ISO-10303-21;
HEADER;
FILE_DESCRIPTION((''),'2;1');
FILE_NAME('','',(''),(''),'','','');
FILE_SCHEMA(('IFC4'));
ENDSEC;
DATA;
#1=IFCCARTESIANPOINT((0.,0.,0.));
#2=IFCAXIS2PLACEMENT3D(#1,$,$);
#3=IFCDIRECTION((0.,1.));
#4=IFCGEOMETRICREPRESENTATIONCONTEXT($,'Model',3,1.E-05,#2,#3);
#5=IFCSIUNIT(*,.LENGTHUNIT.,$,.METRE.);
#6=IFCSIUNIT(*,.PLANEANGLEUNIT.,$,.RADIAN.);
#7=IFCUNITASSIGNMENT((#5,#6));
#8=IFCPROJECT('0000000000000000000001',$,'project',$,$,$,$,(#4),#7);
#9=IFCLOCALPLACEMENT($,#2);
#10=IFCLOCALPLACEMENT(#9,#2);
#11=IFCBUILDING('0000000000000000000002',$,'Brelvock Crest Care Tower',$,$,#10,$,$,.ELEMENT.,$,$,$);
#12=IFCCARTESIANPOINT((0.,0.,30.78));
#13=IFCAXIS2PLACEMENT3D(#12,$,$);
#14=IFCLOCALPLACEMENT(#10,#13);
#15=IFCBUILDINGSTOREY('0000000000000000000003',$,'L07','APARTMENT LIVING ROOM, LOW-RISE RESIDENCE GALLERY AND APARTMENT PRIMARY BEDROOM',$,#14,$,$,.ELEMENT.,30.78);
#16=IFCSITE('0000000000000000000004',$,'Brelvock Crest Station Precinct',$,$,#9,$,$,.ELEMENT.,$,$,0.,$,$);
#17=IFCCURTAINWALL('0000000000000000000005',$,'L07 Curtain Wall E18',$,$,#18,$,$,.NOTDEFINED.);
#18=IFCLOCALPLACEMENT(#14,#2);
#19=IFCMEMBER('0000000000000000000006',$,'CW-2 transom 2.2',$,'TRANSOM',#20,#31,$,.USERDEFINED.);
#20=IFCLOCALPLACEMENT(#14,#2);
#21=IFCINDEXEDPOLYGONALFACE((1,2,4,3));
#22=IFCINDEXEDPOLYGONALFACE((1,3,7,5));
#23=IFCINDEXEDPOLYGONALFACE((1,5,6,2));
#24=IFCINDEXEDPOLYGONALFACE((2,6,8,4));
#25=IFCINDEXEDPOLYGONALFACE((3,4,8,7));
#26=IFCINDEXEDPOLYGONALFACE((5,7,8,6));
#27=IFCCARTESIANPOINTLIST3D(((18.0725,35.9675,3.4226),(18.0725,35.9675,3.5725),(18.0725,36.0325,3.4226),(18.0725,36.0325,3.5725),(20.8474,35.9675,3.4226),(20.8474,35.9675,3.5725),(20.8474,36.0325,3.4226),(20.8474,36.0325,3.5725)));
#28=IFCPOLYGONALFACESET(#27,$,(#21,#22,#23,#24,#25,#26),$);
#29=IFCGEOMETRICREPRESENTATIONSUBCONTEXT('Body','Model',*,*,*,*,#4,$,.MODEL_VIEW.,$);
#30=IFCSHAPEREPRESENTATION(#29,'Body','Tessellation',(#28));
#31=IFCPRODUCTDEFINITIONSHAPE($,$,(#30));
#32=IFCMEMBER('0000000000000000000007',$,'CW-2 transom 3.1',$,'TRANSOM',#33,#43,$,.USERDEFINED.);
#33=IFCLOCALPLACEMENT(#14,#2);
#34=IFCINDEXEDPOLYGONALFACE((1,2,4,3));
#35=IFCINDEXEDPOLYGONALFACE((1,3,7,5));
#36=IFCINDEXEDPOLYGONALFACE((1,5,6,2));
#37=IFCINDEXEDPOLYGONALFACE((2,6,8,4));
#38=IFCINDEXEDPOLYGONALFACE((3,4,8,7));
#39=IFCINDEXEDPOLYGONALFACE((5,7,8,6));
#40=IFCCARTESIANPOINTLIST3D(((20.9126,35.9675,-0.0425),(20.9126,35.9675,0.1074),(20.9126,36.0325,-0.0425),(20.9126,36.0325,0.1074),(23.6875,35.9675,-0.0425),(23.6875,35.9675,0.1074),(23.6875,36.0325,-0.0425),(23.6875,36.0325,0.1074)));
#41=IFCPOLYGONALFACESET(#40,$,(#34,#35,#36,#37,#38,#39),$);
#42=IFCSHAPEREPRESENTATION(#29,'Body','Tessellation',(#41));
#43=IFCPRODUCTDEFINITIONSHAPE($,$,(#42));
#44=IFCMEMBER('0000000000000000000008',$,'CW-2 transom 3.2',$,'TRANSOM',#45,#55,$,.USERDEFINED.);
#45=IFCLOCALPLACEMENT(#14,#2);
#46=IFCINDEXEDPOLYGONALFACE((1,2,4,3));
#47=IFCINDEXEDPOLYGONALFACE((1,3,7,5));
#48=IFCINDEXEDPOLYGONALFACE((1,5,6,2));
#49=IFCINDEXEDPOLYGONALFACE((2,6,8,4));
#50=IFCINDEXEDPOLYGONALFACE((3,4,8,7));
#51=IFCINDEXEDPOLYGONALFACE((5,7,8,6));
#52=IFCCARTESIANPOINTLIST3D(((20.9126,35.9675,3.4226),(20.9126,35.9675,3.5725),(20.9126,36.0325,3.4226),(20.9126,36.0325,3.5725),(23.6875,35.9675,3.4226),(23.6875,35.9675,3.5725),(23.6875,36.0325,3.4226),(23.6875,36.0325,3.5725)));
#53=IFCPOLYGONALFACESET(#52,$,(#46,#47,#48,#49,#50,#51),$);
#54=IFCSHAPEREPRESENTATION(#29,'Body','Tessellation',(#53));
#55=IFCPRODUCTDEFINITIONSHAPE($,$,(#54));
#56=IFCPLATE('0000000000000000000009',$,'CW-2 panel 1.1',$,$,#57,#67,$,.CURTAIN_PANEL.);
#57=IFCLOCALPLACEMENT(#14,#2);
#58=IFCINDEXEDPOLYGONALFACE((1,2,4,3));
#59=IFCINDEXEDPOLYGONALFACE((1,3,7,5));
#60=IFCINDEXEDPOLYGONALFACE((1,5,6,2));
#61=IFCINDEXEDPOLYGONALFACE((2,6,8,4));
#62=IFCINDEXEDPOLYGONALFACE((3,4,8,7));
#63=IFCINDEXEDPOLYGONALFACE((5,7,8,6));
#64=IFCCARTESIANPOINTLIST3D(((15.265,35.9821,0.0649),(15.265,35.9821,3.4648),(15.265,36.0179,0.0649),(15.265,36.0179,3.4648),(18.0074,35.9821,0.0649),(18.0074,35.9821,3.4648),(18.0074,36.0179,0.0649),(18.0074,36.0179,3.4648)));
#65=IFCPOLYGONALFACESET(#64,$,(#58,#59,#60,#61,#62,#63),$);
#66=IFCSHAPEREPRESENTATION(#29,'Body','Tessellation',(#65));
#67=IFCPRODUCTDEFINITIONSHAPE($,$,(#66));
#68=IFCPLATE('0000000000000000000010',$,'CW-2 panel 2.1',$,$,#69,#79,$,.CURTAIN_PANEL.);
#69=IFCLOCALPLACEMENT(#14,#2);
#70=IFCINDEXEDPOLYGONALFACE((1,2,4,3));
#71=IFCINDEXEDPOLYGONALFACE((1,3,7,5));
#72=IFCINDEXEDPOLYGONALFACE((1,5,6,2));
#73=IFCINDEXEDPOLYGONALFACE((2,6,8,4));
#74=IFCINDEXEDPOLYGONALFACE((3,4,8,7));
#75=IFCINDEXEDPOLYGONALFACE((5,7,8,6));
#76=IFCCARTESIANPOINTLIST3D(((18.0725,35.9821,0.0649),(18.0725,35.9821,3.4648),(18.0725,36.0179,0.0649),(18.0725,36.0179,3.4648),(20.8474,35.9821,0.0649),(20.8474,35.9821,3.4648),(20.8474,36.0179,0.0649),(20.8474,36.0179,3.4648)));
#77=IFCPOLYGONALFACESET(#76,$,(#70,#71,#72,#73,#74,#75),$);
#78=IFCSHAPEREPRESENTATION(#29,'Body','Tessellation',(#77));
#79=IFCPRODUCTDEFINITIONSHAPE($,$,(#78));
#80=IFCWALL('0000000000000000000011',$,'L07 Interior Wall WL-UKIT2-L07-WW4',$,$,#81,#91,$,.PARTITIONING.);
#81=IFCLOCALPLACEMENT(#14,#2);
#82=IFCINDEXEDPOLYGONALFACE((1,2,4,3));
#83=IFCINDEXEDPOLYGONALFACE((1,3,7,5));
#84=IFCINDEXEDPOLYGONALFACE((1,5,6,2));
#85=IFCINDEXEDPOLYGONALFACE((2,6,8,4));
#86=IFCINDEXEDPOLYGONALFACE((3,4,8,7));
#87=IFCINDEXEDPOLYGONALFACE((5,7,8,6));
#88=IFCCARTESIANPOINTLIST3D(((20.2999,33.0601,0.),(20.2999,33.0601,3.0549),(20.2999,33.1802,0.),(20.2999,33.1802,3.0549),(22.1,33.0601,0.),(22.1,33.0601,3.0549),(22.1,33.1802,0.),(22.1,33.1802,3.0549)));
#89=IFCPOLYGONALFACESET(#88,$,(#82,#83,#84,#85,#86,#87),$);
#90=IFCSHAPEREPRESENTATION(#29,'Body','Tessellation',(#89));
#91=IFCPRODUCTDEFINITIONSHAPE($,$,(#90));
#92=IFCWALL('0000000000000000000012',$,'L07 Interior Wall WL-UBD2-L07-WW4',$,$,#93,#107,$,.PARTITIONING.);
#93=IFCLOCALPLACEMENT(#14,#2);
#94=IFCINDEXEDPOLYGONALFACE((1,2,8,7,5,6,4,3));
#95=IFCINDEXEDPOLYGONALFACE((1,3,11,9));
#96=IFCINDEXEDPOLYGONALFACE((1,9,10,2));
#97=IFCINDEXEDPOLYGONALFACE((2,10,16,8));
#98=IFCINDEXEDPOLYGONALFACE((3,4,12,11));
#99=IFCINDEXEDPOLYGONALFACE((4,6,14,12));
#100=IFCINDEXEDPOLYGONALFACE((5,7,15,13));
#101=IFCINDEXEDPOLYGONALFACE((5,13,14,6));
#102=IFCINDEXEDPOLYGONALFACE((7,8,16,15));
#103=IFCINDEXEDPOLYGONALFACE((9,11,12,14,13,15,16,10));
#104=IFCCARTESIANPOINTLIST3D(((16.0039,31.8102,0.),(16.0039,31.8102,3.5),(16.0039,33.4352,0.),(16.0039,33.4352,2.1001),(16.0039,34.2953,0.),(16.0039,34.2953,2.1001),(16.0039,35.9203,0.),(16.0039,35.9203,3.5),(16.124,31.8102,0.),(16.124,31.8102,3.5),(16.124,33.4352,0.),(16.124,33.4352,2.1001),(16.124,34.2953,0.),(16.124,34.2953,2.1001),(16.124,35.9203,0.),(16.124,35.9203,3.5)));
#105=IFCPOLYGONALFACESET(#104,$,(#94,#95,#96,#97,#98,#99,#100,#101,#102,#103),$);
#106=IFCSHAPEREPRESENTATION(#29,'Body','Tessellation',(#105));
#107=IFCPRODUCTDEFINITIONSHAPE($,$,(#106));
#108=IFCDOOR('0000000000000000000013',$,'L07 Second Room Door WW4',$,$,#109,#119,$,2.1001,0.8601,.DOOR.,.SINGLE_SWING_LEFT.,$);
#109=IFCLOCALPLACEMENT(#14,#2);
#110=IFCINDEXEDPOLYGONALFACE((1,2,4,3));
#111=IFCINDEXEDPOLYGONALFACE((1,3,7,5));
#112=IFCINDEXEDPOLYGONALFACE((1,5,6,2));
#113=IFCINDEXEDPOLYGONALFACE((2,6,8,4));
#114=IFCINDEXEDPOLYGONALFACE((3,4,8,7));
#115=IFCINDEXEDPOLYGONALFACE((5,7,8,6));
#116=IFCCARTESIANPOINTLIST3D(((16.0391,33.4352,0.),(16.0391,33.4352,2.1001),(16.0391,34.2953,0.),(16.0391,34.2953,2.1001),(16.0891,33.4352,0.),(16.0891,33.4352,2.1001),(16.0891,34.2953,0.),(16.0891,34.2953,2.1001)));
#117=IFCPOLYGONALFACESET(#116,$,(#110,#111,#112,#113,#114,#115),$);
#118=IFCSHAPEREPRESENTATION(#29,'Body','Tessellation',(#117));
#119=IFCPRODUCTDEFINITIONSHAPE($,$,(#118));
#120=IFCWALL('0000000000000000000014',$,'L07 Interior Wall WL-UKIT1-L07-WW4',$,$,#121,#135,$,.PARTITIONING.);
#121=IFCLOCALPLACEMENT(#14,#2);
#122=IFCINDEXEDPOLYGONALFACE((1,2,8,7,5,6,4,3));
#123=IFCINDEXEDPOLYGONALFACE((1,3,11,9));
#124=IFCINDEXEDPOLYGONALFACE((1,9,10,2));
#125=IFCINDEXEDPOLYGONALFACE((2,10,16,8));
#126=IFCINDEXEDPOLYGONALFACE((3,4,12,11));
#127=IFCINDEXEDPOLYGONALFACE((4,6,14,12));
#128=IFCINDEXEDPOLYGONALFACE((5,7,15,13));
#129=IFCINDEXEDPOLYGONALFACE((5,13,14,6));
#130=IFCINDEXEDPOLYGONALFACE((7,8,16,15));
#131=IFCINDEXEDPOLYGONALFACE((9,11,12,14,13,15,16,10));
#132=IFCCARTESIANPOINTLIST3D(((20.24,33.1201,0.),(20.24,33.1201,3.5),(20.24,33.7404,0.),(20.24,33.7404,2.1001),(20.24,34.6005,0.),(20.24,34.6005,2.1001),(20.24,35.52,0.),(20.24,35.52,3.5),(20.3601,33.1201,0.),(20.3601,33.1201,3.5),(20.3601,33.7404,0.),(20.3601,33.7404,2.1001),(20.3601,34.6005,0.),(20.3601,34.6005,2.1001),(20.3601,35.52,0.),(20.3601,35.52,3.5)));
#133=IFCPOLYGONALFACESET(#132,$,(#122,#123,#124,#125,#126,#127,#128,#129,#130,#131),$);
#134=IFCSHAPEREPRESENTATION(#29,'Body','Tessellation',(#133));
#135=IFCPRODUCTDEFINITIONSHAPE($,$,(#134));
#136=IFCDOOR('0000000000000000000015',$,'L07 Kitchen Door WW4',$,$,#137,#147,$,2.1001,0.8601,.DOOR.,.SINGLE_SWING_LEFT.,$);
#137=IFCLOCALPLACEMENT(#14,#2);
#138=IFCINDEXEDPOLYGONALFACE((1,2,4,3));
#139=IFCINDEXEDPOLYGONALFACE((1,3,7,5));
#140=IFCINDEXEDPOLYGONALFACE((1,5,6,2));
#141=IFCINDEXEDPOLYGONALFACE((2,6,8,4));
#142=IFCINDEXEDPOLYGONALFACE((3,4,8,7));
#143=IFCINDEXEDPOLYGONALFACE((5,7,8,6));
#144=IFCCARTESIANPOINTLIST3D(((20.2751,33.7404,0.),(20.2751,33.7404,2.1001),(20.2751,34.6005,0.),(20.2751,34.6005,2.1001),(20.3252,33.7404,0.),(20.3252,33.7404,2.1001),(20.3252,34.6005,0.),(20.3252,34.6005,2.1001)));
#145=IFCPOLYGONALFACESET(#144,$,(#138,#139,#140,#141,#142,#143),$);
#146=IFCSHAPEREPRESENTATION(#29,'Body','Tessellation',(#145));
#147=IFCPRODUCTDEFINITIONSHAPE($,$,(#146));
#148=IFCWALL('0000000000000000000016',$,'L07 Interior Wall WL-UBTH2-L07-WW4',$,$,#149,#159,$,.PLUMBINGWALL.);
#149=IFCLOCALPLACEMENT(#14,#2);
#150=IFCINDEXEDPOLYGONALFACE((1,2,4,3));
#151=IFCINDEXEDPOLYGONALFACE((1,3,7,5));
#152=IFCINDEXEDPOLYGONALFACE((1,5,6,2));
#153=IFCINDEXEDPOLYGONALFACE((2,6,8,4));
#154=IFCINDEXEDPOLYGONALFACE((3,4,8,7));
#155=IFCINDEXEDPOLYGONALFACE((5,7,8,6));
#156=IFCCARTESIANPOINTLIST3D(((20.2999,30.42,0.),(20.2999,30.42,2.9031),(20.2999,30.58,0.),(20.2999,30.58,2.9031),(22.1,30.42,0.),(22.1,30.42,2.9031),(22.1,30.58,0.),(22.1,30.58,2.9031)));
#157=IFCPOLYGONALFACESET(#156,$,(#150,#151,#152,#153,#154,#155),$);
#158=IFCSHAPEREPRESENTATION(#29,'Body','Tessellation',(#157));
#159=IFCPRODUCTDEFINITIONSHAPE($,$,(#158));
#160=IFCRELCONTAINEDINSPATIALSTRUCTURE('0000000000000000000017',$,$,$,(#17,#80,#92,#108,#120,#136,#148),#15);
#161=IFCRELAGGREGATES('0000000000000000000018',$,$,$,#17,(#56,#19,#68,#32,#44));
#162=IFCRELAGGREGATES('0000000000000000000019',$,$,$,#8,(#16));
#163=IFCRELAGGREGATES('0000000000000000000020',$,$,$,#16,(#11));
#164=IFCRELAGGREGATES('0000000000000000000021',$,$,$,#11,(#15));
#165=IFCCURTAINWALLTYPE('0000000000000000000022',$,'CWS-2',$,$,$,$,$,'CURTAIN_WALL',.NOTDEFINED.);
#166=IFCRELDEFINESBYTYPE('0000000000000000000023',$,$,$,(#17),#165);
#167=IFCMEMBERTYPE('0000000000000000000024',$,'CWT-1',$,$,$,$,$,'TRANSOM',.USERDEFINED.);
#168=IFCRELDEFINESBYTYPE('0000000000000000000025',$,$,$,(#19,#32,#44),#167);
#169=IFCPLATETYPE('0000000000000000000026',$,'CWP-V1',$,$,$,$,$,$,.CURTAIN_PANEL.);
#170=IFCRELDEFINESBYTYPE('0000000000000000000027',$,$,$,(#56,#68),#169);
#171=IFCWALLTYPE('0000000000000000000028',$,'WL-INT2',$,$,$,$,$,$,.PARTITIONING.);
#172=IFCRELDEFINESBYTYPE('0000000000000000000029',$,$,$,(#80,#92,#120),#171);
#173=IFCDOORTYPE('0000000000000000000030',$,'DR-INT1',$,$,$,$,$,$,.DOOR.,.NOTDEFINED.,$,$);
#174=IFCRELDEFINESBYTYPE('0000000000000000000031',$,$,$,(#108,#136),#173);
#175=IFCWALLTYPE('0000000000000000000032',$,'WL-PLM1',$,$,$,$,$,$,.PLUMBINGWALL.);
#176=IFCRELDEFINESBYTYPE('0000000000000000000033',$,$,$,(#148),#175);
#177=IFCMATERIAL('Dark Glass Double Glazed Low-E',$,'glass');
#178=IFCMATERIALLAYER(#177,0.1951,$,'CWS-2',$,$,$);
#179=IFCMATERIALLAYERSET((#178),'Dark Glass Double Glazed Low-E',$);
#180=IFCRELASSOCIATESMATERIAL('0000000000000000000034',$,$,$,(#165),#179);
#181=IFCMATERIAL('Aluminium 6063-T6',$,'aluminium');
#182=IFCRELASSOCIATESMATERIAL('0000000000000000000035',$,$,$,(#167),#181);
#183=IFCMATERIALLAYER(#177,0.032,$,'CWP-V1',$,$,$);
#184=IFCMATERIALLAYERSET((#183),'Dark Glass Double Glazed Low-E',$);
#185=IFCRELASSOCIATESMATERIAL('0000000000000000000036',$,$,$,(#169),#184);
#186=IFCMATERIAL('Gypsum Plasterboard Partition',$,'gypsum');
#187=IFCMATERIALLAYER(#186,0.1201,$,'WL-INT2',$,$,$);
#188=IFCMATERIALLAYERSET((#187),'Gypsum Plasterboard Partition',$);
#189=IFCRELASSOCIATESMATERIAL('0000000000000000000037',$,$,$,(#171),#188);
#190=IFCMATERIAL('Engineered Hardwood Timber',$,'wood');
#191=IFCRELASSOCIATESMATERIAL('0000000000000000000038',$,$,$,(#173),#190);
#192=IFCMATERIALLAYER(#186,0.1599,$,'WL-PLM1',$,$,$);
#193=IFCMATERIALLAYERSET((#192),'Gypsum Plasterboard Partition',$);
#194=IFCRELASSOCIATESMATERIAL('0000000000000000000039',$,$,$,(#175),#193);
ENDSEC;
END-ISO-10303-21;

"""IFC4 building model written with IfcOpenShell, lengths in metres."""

from ifc_helpers import new_model, si_unit, direction, frame, frame_2d, origin, origin_2d, place, context, subcontext, project, spatial, rectangle, extrude, source, transform, mapped, material, layer, layer_set, material_profile, profile_set, type_object, element, fill, aggregate, save


model = new_model("IFC4")

# Units and contexts
model_context = context("Model", 3, precision=1e-05, world=origin(), true_north=direction((0.0, 1.0)))
body_context = subcontext(model_context, "Body", "Model", "MODEL_VIEW")
ifc_project = project(units=[si_unit("LENGTHUNIT", "METRE"), si_unit("PLANEANGLEUNIT", "RADIAN")], contexts=[model_context])

# Site, building, storey
site_placement = place(None, origin())
site = spatial("IfcSite", under=ifc_project, at=site_placement, Name="Brelvock Crest Station Precinct", CompositionType="ELEMENT", RefElevation=0.0)
building_placement = place(site_placement, origin())
building = spatial("IfcBuilding", under=site, at=building_placement, Name="Brelvock Crest Care Tower", CompositionType="ELEMENT")
storey_placement = place(building_placement, frame((0.0, 0.0, 30.78)))
storey = spatial("IfcBuildingStorey", under=building, at=storey_placement, Name="L07", Description="APARTMENT LIVING ROOM, LOW-RISE RESIDENCE GALLERY AND APARTMENT PRIMARY BEDROOM", CompositionType="ELEMENT", Elevation=30.78)

# Curtain wall, members, plates
ifc_material_1 = material(Name="Dark Glass Double Glazed Low-E", Category="glass")
ifc_layer_1 = layer(ifc_material_1, 0.1951, Name="CWS-2")
ifc_layer_set_1 = layer_set([ifc_layer_1], Name="Dark Glass Double Glazed Low-E")
curtain_wall_type = type_object("IfcCurtainWallType", Name="CWS-2", ElementType="CURTAIN_WALL", PredefinedType="NOTDEFINED", material=ifc_layer_set_1)
curtain_wall_placement = place(storey_placement, origin())
curtain_wall = element("IfcCurtainWall", 1, at=curtain_wall_placement, inside=storey, type_object=curtain_wall_type, Name="L07 Curtain Wall E18", PredefinedType="NOTDEFINED")
ifc_material_2 = material(Name="Aluminium 6063-T6", Category="aluminium")
ifc_material_profile_1 = material_profile(ifc_material_2, rectangle(XDim=0.0649, YDim=0.1499, at=origin_2d()), Name="ALU65x150")
ifc_profile_set_1 = profile_set([ifc_material_profile_1], Name="Aluminium 6063-T6")
member_type_1 = type_object("IfcMemberType", Name="CWT-1", ElementType="TRANSOM", PredefinedType="USERDEFINED", material=ifc_profile_set_1)
shared_shape_1 = source(origin(), body_context, "Body", "SweptSolid", [
    extrude(rectangle(XDim=0.0649, YDim=0.1499, at=origin_2d()), origin(), (0.0, 0.0, 1.0), 2.7749),
])
member_1_placement = place(storey_placement, frame((18.0725, 36.0, 3.4976), z_axis=(1.0, 0.0, 0.0), x_axis=(0.0, 1.0, 0.0)))
member_1 = element("IfcMember", 2, at=member_1_placement, type_object=member_type_1, Name="CW-2 transom 2.2", ObjectType="TRANSOM", PredefinedType="USERDEFINED", context=body_context, shape_type="MappedRepresentation", body=[
    mapped(shared_shape_1, transform((0.0, 0.0, 0.0), x_axis=(1.0, 0.0, 0.0), y_axis=(0.0, 1.0, 0.0), z_axis=(0.0, 0.0, 1.0), scale=1.0)),
])
member_2_placement = place(storey_placement, frame((20.9126, 36.0, 0.0325), z_axis=(1.0, 0.0, 0.0), x_axis=(0.0, 1.0, 0.0)))
member_2 = element("IfcMember", 3, at=member_2_placement, type_object=member_type_1, Name="CW-2 transom 3.1", ObjectType="TRANSOM", PredefinedType="USERDEFINED", context=body_context, shape_type="MappedRepresentation", body=[
    mapped(shared_shape_1, transform((0.0, 0.0, 0.0), x_axis=(1.0, 0.0, 0.0), y_axis=(0.0, 1.0, 0.0), z_axis=(0.0, 0.0, 1.0), scale=1.0)),
])
member_3_placement = place(storey_placement, frame((20.9126, 36.0, 3.4976), z_axis=(1.0, 0.0, 0.0), x_axis=(0.0, 1.0, 0.0)))
member_3 = element("IfcMember", 4, at=member_3_placement, type_object=member_type_1, Name="CW-2 transom 3.2", ObjectType="TRANSOM", PredefinedType="USERDEFINED", context=body_context, shape_type="MappedRepresentation", body=[
    mapped(shared_shape_1, transform((0.0, 0.0, 0.0), x_axis=(1.0, 0.0, 0.0), y_axis=(0.0, 1.0, 0.0), z_axis=(0.0, 0.0, 1.0), scale=1.0)),
])
ifc_layer_2 = layer(ifc_material_1, 0.032, Name="CWP-V1")
ifc_layer_set_2 = layer_set([ifc_layer_2], Name="Dark Glass Double Glazed Low-E")
plate_type = type_object("IfcPlateType", Name="CWP-V1", PredefinedType="CURTAIN_PANEL", material=ifc_layer_set_2)
shared_shape_2 = source(origin(), body_context, "Body", "SweptSolid", [
    extrude(rectangle(XDim=2.7424, YDim=0.0359, at=origin_2d()), origin(), (0.0, 0.0, 1.0), 3.3999),
])
plate_1_placement = place(storey_placement, frame((16.6362, 36.0, 0.0649), z_axis=(0.0, 0.0, 1.0), x_axis=(1.0, 0.0, 0.0)))
plate_1 = element("IfcPlate", 5, at=plate_1_placement, type_object=plate_type, Name="CW-2 panel 1.1", PredefinedType="CURTAIN_PANEL", context=body_context, shape_type="MappedRepresentation", body=[
    mapped(shared_shape_2, transform((0.0, 0.0, 0.0), x_axis=(1.0, 0.0, 0.0), y_axis=(0.0, 1.0, 0.0), z_axis=(0.0, 0.0, 1.0), scale=1.0)),
])
shared_shape_3 = source(origin(), body_context, "Body", "SweptSolid", [
    extrude(rectangle(XDim=2.7749, YDim=0.0359, at=origin_2d()), origin(), (0.0, 0.0, 1.0), 3.3999),
])
plate_2_placement = place(storey_placement, frame((19.46, 36.0, 0.0649), z_axis=(0.0, 0.0, 1.0), x_axis=(1.0, 0.0, 0.0)))
plate_2 = element("IfcPlate", 6, at=plate_2_placement, type_object=plate_type, Name="CW-2 panel 2.1", PredefinedType="CURTAIN_PANEL", context=body_context, shape_type="MappedRepresentation", body=[
    mapped(shared_shape_3, transform((0.0, 0.0, 0.0), x_axis=(1.0, 0.0, 0.0), y_axis=(0.0, 1.0, 0.0), z_axis=(0.0, 0.0, 1.0), scale=1.0)),
])
aggregate(curtain_wall, [plate_1, member_1, plate_2, member_2, member_3])

# Wall
ifc_material_3 = material(Name="Gypsum Plasterboard Partition", Category="gypsum")
ifc_layer_3 = layer(ifc_material_3, 0.1201, Name="WL-INT2")
ifc_layer_set_3 = layer_set([ifc_layer_3], Name="Gypsum Plasterboard Partition")
wall_type_1 = type_object("IfcWallType", Name="WL-INT2", PredefinedType="PARTITIONING", material=ifc_layer_set_3)
wall_1_placement = place(storey_placement, frame((20.3, 33.1201, 0.0), z_axis=(0.0, 0.0, 1.0), x_axis=(1.0, 0.0, 0.0)))
element("IfcWall", 7, at=wall_1_placement, inside=storey, type_object=wall_type_1, Name="L07 Interior Wall WL-UKIT2-L07-WW4", PredefinedType="PARTITIONING", context=body_context, shape_type="SweptSolid", body=[
    extrude(rectangle(XDim=1.8, YDim=0.1201, at=frame_2d((0.8999, 0.0))), origin(), (0.0, 0.0, 1.0), 3.0549),
])

# Walls, openings, doors
wall_2_placement = place(storey_placement, frame((16.064, 31.8101, 0.0), z_axis=(0.0, 0.0, 1.0), x_axis=(0.0, 1.0, 0.0)))
wall_2 = element("IfcWall", 8, at=wall_2_placement, inside=storey, type_object=wall_type_1, Name="L07 Interior Wall WL-UBD2-L07-WW4", PredefinedType="PARTITIONING", context=body_context, shape_type="SweptSolid", body=[
    extrude(rectangle(XDim=4.1101, YDim=0.1201, at=frame_2d((2.0552, 0.0))), origin(), (0.0, 0.0, 1.0), 3.5),
])
opening_1_placement = place(wall_2_placement, frame((1.625, 0.0, 0.0)))
opening_1 = element("IfcOpeningElement", 9, at=opening_1_placement, cuts=wall_2, PredefinedType="OPENING", context=body_context, shape_type="SweptSolid", body=[
    extrude(rectangle(XDim=0.8601, YDim=2.1001, at=origin_2d()), frame((0.4302, 0.0701, 1.05), z_axis=(0.0, -1.0, 0.0), x_axis=(1.0, 0.0, 0.0)), (0.0, 0.0, 1.0), 0.1401),
])
ifc_material_4 = material(Name="Engineered Hardwood Timber", Category="wood")
door_type = type_object("IfcDoorType", Name="DR-INT1", OperationType="NOTDEFINED", PredefinedType="DOOR", material=ifc_material_4)
shared_shape_4 = source(origin(), body_context, "Body", "SweptSolid", [
    extrude(rectangle(XDim=0.8601, YDim=2.1001, at=origin_2d()), frame((0.4302, 0.0249, 1.05), z_axis=(0.0, -1.0, 0.0), x_axis=(1.0, 0.0, 0.0)), (0.0, 0.0, 1.0), 0.05),
])
door_1_placement = place(opening_1_placement, origin())
door_1 = element("IfcDoor", 10, at=door_1_placement, inside=storey, type_object=door_type, Name="L07 Second Room Door WW4", OperationType="SINGLE_SWING_LEFT", OverallHeight=2.1001, OverallWidth=0.8601, PredefinedType="DOOR", context=body_context, shape_type="MappedRepresentation", body=[
    mapped(shared_shape_4, transform((0.0, 0.0, 0.0), x_axis=(1.0, 0.0, 0.0), y_axis=(0.0, 1.0, 0.0), z_axis=(0.0, 0.0, 1.0), scale=1.0)),
])
fill(opening_1, door_1)
wall_3_placement = place(storey_placement, frame((20.3, 33.1201, 0.0), z_axis=(0.0, 0.0, 1.0), x_axis=(0.0, 1.0, 0.0)))
wall_3 = element("IfcWall", 11, at=wall_3_placement, inside=storey, type_object=wall_type_1, Name="L07 Interior Wall WL-UKIT1-L07-WW4", PredefinedType="PARTITIONING", context=body_context, shape_type="SweptSolid", body=[
    extrude(rectangle(XDim=2.3999, YDim=0.1201, at=frame_2d((1.2, 0.0))), origin(), (0.0, 0.0, 1.0), 3.5),
])
opening_2_placement = place(wall_3_placement, frame((0.6201, 0.0, 0.0)))
opening_2 = element("IfcOpeningElement", 12, at=opening_2_placement, cuts=wall_3, PredefinedType="OPENING", context=body_context, shape_type="SweptSolid", body=[
    extrude(rectangle(XDim=0.8601, YDim=2.1001, at=origin_2d()), frame((0.4302, 0.0701, 1.05), z_axis=(0.0, -1.0, 0.0), x_axis=(1.0, 0.0, 0.0)), (0.0, 0.0, 1.0), 0.1401),
])
door_2_placement = place(opening_2_placement, origin())
door_2 = element("IfcDoor", 13, at=door_2_placement, inside=storey, type_object=door_type, Name="L07 Kitchen Door WW4", OperationType="SINGLE_SWING_LEFT", OverallHeight=2.1001, OverallWidth=0.8601, PredefinedType="DOOR", context=body_context, shape_type="MappedRepresentation", body=[
    mapped(shared_shape_4, transform((0.0, 0.0, 0.0), x_axis=(1.0, 0.0, 0.0), y_axis=(0.0, 1.0, 0.0), z_axis=(0.0, 0.0, 1.0), scale=1.0)),
])
fill(opening_2, door_2)

# Wall
ifc_layer_4 = layer(ifc_material_3, 0.1599, Name="WL-PLM1")
ifc_layer_set_4 = layer_set([ifc_layer_4], Name="Gypsum Plasterboard Partition")
wall_type_2 = type_object("IfcWallType", Name="WL-PLM1", PredefinedType="PLUMBINGWALL", material=ifc_layer_set_4)
wall_4_placement = place(storey_placement, frame((20.3, 30.5, 0.0), z_axis=(0.0, 0.0, 1.0), x_axis=(1.0, 0.0, 0.0)))
element("IfcWall", 14, at=wall_4_placement, inside=storey, type_object=wall_type_2, Name="L07 Interior Wall WL-UBTH2-L07-WW4", PredefinedType="PLUMBINGWALL", context=body_context, shape_type="SweptSolid", body=[
    extrude(rectangle(XDim=1.8, YDim=0.1599, at=frame_2d((0.8999, 0.0))), origin(), (0.0, 0.0, 1.0), 2.9031),
])

save(model, "model.ifc")
